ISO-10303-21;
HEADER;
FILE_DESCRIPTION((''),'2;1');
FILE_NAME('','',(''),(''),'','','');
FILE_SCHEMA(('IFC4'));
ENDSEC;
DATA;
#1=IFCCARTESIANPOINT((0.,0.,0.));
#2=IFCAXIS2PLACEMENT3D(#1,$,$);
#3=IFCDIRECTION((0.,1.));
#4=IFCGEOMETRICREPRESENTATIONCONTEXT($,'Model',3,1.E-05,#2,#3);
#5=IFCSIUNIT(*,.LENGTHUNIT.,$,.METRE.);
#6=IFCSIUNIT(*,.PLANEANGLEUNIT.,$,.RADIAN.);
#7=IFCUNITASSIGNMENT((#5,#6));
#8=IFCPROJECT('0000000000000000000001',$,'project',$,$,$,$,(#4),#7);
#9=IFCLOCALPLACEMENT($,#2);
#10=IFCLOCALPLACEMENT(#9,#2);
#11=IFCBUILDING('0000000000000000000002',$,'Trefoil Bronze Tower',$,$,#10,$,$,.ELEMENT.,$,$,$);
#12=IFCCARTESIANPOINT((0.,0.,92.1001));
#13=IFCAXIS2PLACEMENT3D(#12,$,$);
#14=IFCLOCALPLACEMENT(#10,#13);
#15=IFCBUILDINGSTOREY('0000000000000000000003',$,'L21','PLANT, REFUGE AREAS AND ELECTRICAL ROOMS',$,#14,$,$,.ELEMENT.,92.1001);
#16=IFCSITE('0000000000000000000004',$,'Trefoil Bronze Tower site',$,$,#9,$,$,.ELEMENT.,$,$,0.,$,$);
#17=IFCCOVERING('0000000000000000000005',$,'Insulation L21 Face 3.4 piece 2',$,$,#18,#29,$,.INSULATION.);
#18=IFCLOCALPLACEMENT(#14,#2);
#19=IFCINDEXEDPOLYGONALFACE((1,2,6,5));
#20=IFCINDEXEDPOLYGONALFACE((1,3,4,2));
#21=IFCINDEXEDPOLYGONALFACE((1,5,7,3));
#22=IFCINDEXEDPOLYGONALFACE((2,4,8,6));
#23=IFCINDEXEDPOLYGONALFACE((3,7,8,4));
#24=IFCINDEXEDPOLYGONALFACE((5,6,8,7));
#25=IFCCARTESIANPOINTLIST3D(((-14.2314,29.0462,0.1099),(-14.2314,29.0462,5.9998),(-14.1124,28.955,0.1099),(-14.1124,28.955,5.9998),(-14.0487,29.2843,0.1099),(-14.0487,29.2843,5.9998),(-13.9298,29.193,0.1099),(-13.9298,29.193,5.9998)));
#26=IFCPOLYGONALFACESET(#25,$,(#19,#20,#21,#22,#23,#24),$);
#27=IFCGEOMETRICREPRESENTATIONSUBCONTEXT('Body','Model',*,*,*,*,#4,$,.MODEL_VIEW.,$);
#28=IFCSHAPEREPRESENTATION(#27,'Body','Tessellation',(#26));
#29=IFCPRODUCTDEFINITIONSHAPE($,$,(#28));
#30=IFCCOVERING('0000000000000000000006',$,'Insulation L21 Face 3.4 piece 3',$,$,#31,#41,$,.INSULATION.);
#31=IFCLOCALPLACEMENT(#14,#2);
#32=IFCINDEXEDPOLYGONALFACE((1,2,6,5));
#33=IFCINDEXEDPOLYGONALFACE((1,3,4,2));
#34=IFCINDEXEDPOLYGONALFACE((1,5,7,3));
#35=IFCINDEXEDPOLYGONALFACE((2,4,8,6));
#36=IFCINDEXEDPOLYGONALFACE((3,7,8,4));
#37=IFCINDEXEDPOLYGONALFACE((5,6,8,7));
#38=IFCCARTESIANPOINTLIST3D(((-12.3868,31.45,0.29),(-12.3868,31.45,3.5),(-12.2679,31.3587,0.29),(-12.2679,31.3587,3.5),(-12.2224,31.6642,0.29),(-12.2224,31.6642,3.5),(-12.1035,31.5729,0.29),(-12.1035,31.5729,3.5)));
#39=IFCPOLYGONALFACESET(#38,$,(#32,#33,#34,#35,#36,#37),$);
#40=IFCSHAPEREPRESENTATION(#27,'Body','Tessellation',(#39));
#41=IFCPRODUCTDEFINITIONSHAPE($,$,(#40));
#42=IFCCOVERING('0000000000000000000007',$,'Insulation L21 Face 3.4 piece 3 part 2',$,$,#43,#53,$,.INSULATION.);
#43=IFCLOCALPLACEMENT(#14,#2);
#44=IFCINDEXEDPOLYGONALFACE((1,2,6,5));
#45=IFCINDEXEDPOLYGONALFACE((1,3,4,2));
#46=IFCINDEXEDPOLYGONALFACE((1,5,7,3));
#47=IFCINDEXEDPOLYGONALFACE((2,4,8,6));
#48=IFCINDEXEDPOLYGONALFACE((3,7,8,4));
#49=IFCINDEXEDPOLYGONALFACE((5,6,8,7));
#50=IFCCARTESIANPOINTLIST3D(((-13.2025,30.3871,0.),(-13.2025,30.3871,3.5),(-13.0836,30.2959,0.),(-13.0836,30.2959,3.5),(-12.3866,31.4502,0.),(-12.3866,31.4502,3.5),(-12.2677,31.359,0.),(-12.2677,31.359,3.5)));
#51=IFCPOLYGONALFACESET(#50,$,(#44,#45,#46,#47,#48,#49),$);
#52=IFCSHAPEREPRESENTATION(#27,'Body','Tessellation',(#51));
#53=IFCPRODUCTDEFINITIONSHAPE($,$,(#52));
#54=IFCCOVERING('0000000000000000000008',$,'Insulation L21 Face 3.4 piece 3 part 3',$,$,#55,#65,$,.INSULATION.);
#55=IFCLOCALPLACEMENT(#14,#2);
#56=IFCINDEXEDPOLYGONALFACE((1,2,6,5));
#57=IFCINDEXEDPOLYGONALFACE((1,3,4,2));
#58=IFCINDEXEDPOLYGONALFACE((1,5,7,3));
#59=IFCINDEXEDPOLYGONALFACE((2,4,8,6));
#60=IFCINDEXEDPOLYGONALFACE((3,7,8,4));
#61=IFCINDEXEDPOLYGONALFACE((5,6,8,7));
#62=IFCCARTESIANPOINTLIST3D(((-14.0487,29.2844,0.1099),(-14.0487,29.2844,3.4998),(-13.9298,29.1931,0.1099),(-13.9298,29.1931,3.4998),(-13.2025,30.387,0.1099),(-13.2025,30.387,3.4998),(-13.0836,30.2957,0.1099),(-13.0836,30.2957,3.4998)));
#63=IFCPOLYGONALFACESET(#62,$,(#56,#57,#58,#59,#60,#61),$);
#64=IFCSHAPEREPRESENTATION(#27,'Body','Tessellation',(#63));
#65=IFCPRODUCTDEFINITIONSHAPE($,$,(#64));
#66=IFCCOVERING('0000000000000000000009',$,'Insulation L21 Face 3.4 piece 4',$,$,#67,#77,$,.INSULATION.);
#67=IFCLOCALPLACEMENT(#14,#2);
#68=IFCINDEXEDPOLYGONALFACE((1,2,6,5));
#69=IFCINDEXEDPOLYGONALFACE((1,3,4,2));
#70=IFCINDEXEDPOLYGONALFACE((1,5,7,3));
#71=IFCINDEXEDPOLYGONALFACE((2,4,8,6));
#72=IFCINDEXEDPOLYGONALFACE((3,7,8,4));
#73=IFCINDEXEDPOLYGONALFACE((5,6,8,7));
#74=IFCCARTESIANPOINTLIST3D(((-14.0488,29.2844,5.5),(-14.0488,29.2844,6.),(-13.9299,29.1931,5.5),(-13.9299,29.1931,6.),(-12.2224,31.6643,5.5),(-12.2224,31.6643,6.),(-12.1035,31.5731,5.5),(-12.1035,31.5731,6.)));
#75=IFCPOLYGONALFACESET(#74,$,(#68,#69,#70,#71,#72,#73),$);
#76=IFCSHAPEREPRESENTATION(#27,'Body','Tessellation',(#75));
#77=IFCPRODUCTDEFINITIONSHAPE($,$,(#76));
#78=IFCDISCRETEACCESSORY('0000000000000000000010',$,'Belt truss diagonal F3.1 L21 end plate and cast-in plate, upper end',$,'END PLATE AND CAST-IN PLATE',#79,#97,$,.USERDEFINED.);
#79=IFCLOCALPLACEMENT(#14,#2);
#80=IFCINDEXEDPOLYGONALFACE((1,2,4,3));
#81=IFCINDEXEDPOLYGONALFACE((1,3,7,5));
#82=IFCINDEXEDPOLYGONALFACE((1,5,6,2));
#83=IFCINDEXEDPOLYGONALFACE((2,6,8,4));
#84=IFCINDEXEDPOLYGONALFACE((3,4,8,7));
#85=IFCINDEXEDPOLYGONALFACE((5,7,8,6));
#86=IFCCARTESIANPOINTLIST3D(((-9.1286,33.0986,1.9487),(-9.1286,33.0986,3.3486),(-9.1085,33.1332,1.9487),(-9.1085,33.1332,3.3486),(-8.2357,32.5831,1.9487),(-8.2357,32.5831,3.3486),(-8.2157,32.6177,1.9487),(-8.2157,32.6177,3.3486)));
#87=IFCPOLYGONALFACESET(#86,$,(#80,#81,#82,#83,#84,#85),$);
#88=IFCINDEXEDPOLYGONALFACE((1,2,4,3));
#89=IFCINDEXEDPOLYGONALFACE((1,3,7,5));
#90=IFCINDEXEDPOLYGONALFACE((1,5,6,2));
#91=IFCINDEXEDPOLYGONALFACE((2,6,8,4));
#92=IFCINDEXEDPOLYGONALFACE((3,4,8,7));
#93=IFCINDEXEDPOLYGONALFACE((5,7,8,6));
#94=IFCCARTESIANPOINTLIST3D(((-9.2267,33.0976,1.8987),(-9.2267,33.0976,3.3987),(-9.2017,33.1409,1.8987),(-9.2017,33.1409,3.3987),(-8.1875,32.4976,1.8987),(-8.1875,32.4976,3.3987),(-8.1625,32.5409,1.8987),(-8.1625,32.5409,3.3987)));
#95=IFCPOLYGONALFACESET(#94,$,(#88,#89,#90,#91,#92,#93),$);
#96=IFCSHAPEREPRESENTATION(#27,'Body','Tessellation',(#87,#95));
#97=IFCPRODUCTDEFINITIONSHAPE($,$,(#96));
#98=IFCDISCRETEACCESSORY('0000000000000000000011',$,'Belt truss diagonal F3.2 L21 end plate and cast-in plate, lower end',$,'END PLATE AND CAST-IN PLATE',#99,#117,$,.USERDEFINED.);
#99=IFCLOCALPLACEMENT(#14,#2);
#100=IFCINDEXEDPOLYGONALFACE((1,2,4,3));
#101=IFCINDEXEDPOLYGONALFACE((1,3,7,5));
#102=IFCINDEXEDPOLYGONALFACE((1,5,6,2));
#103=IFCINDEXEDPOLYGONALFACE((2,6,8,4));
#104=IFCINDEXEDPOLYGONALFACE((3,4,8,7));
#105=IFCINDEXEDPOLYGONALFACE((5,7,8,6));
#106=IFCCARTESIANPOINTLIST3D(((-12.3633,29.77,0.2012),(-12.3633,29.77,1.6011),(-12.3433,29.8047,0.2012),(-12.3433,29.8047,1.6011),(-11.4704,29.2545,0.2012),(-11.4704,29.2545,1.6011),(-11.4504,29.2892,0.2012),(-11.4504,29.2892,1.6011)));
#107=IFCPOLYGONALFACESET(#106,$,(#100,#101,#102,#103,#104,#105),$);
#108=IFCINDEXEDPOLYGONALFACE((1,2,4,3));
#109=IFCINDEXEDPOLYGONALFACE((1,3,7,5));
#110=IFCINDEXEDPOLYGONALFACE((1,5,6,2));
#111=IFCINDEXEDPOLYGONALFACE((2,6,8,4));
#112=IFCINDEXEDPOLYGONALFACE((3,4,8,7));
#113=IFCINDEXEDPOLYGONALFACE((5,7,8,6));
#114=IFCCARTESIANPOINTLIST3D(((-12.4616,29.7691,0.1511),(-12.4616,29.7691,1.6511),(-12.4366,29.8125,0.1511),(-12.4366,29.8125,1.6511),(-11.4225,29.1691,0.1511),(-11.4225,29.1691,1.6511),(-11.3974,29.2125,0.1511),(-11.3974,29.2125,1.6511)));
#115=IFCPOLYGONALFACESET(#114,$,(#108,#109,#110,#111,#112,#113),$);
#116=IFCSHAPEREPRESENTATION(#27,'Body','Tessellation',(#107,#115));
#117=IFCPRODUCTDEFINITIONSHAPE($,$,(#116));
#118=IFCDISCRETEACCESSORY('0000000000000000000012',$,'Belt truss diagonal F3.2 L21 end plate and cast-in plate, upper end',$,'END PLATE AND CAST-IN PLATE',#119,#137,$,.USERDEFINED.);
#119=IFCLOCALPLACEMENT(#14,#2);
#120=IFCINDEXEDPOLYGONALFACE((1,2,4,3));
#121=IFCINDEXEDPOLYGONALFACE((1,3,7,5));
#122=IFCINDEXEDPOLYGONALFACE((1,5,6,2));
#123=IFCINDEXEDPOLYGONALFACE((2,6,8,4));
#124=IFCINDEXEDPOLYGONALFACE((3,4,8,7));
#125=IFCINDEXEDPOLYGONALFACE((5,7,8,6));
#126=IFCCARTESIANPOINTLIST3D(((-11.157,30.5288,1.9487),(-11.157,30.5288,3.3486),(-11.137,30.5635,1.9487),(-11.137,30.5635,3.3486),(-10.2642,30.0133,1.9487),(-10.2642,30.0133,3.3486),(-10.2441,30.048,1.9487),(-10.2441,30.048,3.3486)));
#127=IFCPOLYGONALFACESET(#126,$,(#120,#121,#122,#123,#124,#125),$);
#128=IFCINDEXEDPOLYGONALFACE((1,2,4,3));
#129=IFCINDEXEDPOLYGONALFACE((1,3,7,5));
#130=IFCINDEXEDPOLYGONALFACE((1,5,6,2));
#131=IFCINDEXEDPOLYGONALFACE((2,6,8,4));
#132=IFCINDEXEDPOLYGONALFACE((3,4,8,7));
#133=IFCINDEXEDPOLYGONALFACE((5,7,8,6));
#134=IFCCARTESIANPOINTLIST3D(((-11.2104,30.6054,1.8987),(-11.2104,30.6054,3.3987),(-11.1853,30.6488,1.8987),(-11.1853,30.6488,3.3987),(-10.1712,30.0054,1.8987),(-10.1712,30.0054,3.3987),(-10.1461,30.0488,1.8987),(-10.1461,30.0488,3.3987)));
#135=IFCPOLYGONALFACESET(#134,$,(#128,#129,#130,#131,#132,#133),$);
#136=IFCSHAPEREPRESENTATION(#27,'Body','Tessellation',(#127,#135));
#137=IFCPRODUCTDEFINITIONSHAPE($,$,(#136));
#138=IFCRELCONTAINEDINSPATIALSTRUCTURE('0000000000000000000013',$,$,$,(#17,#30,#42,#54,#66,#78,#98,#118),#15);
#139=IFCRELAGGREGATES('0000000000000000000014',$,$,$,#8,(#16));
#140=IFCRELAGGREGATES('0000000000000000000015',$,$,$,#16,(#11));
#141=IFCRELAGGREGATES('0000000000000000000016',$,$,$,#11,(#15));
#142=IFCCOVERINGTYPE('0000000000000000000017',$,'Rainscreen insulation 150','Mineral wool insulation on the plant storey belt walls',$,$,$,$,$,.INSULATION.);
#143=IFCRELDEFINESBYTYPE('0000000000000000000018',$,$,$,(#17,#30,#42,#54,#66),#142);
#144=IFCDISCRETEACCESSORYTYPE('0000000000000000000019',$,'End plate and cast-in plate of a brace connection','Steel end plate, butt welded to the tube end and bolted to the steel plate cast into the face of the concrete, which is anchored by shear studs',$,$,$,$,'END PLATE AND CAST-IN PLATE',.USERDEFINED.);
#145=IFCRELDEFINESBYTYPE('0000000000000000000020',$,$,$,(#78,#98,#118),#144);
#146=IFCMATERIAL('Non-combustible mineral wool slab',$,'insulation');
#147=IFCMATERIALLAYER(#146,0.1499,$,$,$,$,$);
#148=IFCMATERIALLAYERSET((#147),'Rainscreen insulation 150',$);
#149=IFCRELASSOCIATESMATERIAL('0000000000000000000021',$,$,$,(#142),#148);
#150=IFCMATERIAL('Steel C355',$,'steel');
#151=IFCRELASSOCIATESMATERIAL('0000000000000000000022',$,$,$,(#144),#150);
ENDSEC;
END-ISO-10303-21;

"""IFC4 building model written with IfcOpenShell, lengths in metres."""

from ifc_helpers import new_model, si_unit, direction, frame, origin, origin_2d, place, context, subcontext, project, spatial, rectangle, extrude, material, layer, layer_set, type_object, element, save


model = new_model("IFC4")

# Units and contexts
model_context = context("Model", 3, precision=1e-05, world=origin(), true_north=direction((0.0, 1.0)))
body_context = subcontext(model_context, "Body", "Model", "MODEL_VIEW")
ifc_project = project(units=[si_unit("LENGTHUNIT", "METRE"), si_unit("PLANEANGLEUNIT", "RADIAN")], contexts=[model_context])

# Site, building, storey
site_placement = place(None, origin())
site = spatial("IfcSite", under=ifc_project, at=site_placement, Name="Trefoil Bronze Tower site", CompositionType="ELEMENT", RefElevation=0.0)
building_placement = place(site_placement, origin())
building = spatial("IfcBuilding", under=site, at=building_placement, Name="Trefoil Bronze Tower", CompositionType="ELEMENT")
storey_placement = place(building_placement, frame((0.0, 0.0, 92.1001)))
storey = spatial("IfcBuildingStorey", under=building, at=storey_placement, Name="L21", Description="PLANT, REFUGE AREAS AND ELECTRICAL ROOMS", CompositionType="ELEMENT", Elevation=92.1001)

# Coverings
ifc_material_1 = material(Name="Non-combustible mineral wool slab", Category="insulation")
ifc_layer_1 = layer(ifc_material_1, 0.1499)
ifc_layer_set_1 = layer_set([ifc_layer_1], Name="Rainscreen insulation 150")
covering_type_1 = type_object("IfcCoveringType", Name="Rainscreen insulation 150", Description="Mineral wool insulation on the plant storey belt walls", PredefinedType="INSULATION", material=ifc_layer_set_1)
covering_1_placement = place(storey_placement, frame((-14.0806, 29.1196, 0.1099), z_axis=(0.0, 0.0, 1.0), x_axis=(-0.608808, -0.793318, 0.0)))
element("IfcCovering", 1, at=covering_1_placement, inside=storey, type_object=covering_type_1, Name="Insulation L21 Face 3.4 piece 2", PredefinedType="INSULATION", context=body_context, shape_type="SweptSolid", body=[
    extrude(rectangle(XDim=0.3, YDim=0.1499, at=origin_2d()), origin(), (0.0, 0.0, 1.0), 5.8899),
])
covering_2_placement = place(storey_placement, frame((-12.2451, 31.5115, 0.29), z_axis=(0.0, 0.0, 1.0), x_axis=(-0.608808, -0.793318, 0.0)))
element("IfcCovering", 2, at=covering_2_placement, inside=storey, type_object=covering_type_1, Name="Insulation L21 Face 3.4 piece 3", PredefinedType="INSULATION", context=body_context, shape_type="SweptSolid", body=[
    extrude(rectangle(XDim=0.27, YDim=0.1499, at=origin_2d()), origin(), (0.0, 0.0, 1.0), 3.21),
])
covering_3_placement = place(storey_placement, frame((-12.7351, 30.873, 0.0), z_axis=(0.0, 0.0, 1.0), x_axis=(-0.608808, -0.793318, 0.0)))
element("IfcCovering", 3, at=covering_3_placement, inside=storey, type_object=covering_type_1, Name="Insulation L21 Face 3.4 piece 3 part 2", PredefinedType="INSULATION", context=body_context, shape_type="SweptSolid", body=[
    extrude(rectangle(XDim=1.3401, YDim=0.1499, at=origin_2d()), origin(), (0.0, 0.0, 1.0), 3.5),
])
covering_4_placement = place(storey_placement, frame((-13.5662, 29.79, 0.1099), z_axis=(0.0, 0.0, 1.0), x_axis=(-0.608808, -0.793318, 0.0)))
element("IfcCovering", 4, at=covering_4_placement, inside=storey, type_object=covering_type_1, Name="Insulation L21 Face 3.4 piece 3 part 3", PredefinedType="INSULATION", context=body_context, shape_type="SweptSolid", body=[
    extrude(rectangle(XDim=1.3899, YDim=0.1499, at=origin_2d()), origin(), (0.0, 0.0, 1.0), 3.3899),
])
covering_5_placement = place(storey_placement, frame((-13.0762, 30.4287, 5.5), z_axis=(0.0, 0.0, 1.0), x_axis=(-0.608808, -0.793318, 0.0)))
element("IfcCovering", 5, at=covering_5_placement, inside=storey, type_object=covering_type_1, Name="Insulation L21 Face 3.4 piece 4", PredefinedType="INSULATION", context=body_context, shape_type="SweptSolid", body=[
    extrude(rectangle(XDim=3.0, YDim=0.1499, at=origin_2d()), origin(), (0.0, 0.0, 1.0), 0.5),
])

# Discrete accessories
ifc_material_2 = material(Name="Steel C355", Category="steel")
discrete_accessory_type = type_object("IfcDiscreteAccessoryType", Name="End plate and cast-in plate of a brace connection", Description="Steel end plate, butt welded to the tube end and bolted to the steel plate cast into the face of the concrete, which is anchored by shear studs", ElementType="END PLATE AND CAST-IN PLATE", PredefinedType="USERDEFINED", material=ifc_material_2)
discrete_accessory_1_placement = place(storey_placement, frame((-8.6821, 32.8408, 2.6487), z_axis=(0.0, 0.0, 1.0), x_axis=(0.5, 0.866025, 0.0)))
element("IfcDiscreteAccessory", 6, at=discrete_accessory_1_placement, inside=storey, type_object=discrete_accessory_type, Name="Belt truss diagonal F3.1 L21 end plate and cast-in plate, upper end", ObjectType="END PLATE AND CAST-IN PLATE", PredefinedType="USERDEFINED", context=body_context, shape_type="SweptSolid", body=[
    extrude(rectangle(XDim=0.04, YDim=1.031, at=origin_2d()), frame((0.02, 0.0, -0.7)), (0.0, 0.0, 1.0), 1.3999),
    extrude(rectangle(XDim=0.05, YDim=1.2, at=origin_2d()), frame((-0.0249, 0.0, -0.75)), (0.0, 0.0, 1.0), 1.5),
])
discrete_accessory_2_placement = place(storey_placement, frame((-11.9167, 29.5125, 0.9011), z_axis=(0.0, 0.0, 1.0), x_axis=(0.5, 0.866025, 0.0)))
element("IfcDiscreteAccessory", 7, at=discrete_accessory_2_placement, inside=storey, type_object=discrete_accessory_type, Name="Belt truss diagonal F3.2 L21 end plate and cast-in plate, lower end", ObjectType="END PLATE AND CAST-IN PLATE", PredefinedType="USERDEFINED", context=body_context, shape_type="SweptSolid", body=[
    extrude(rectangle(XDim=0.04, YDim=1.031, at=origin_2d()), frame((0.0198, 0.0, -0.7)), (0.0, 0.0, 1.0), 1.3999),
    extrude(rectangle(XDim=0.05, YDim=1.2, at=origin_2d()), frame((-0.0251, 0.0002, -0.75)), (0.0, 0.0, 1.0), 1.5),
])
discrete_accessory_3_placement = place(storey_placement, frame((-10.6909, 30.3057, 2.6487), z_axis=(0.0, 0.0, 1.0), x_axis=(-0.5, -0.866025, 0.0)))
element("IfcDiscreteAccessory", 8, at=discrete_accessory_3_placement, inside=storey, type_object=discrete_accessory_type, Name="Belt truss diagonal F3.2 L21 end plate and cast-in plate, upper end", ObjectType="END PLATE AND CAST-IN PLATE", PredefinedType="USERDEFINED", context=body_context, shape_type="SweptSolid", body=[
    extrude(rectangle(XDim=0.04, YDim=1.031, at=origin_2d()), frame((0.0198, 0.0002, -0.7)), (0.0, 0.0, 1.0), 1.3999),
    extrude(rectangle(XDim=0.05, YDim=1.2, at=origin_2d()), frame((-0.0249, 0.0002, -0.75)), (0.0, 0.0, 1.0), 1.5),
])

save(model, "model.ifc")
